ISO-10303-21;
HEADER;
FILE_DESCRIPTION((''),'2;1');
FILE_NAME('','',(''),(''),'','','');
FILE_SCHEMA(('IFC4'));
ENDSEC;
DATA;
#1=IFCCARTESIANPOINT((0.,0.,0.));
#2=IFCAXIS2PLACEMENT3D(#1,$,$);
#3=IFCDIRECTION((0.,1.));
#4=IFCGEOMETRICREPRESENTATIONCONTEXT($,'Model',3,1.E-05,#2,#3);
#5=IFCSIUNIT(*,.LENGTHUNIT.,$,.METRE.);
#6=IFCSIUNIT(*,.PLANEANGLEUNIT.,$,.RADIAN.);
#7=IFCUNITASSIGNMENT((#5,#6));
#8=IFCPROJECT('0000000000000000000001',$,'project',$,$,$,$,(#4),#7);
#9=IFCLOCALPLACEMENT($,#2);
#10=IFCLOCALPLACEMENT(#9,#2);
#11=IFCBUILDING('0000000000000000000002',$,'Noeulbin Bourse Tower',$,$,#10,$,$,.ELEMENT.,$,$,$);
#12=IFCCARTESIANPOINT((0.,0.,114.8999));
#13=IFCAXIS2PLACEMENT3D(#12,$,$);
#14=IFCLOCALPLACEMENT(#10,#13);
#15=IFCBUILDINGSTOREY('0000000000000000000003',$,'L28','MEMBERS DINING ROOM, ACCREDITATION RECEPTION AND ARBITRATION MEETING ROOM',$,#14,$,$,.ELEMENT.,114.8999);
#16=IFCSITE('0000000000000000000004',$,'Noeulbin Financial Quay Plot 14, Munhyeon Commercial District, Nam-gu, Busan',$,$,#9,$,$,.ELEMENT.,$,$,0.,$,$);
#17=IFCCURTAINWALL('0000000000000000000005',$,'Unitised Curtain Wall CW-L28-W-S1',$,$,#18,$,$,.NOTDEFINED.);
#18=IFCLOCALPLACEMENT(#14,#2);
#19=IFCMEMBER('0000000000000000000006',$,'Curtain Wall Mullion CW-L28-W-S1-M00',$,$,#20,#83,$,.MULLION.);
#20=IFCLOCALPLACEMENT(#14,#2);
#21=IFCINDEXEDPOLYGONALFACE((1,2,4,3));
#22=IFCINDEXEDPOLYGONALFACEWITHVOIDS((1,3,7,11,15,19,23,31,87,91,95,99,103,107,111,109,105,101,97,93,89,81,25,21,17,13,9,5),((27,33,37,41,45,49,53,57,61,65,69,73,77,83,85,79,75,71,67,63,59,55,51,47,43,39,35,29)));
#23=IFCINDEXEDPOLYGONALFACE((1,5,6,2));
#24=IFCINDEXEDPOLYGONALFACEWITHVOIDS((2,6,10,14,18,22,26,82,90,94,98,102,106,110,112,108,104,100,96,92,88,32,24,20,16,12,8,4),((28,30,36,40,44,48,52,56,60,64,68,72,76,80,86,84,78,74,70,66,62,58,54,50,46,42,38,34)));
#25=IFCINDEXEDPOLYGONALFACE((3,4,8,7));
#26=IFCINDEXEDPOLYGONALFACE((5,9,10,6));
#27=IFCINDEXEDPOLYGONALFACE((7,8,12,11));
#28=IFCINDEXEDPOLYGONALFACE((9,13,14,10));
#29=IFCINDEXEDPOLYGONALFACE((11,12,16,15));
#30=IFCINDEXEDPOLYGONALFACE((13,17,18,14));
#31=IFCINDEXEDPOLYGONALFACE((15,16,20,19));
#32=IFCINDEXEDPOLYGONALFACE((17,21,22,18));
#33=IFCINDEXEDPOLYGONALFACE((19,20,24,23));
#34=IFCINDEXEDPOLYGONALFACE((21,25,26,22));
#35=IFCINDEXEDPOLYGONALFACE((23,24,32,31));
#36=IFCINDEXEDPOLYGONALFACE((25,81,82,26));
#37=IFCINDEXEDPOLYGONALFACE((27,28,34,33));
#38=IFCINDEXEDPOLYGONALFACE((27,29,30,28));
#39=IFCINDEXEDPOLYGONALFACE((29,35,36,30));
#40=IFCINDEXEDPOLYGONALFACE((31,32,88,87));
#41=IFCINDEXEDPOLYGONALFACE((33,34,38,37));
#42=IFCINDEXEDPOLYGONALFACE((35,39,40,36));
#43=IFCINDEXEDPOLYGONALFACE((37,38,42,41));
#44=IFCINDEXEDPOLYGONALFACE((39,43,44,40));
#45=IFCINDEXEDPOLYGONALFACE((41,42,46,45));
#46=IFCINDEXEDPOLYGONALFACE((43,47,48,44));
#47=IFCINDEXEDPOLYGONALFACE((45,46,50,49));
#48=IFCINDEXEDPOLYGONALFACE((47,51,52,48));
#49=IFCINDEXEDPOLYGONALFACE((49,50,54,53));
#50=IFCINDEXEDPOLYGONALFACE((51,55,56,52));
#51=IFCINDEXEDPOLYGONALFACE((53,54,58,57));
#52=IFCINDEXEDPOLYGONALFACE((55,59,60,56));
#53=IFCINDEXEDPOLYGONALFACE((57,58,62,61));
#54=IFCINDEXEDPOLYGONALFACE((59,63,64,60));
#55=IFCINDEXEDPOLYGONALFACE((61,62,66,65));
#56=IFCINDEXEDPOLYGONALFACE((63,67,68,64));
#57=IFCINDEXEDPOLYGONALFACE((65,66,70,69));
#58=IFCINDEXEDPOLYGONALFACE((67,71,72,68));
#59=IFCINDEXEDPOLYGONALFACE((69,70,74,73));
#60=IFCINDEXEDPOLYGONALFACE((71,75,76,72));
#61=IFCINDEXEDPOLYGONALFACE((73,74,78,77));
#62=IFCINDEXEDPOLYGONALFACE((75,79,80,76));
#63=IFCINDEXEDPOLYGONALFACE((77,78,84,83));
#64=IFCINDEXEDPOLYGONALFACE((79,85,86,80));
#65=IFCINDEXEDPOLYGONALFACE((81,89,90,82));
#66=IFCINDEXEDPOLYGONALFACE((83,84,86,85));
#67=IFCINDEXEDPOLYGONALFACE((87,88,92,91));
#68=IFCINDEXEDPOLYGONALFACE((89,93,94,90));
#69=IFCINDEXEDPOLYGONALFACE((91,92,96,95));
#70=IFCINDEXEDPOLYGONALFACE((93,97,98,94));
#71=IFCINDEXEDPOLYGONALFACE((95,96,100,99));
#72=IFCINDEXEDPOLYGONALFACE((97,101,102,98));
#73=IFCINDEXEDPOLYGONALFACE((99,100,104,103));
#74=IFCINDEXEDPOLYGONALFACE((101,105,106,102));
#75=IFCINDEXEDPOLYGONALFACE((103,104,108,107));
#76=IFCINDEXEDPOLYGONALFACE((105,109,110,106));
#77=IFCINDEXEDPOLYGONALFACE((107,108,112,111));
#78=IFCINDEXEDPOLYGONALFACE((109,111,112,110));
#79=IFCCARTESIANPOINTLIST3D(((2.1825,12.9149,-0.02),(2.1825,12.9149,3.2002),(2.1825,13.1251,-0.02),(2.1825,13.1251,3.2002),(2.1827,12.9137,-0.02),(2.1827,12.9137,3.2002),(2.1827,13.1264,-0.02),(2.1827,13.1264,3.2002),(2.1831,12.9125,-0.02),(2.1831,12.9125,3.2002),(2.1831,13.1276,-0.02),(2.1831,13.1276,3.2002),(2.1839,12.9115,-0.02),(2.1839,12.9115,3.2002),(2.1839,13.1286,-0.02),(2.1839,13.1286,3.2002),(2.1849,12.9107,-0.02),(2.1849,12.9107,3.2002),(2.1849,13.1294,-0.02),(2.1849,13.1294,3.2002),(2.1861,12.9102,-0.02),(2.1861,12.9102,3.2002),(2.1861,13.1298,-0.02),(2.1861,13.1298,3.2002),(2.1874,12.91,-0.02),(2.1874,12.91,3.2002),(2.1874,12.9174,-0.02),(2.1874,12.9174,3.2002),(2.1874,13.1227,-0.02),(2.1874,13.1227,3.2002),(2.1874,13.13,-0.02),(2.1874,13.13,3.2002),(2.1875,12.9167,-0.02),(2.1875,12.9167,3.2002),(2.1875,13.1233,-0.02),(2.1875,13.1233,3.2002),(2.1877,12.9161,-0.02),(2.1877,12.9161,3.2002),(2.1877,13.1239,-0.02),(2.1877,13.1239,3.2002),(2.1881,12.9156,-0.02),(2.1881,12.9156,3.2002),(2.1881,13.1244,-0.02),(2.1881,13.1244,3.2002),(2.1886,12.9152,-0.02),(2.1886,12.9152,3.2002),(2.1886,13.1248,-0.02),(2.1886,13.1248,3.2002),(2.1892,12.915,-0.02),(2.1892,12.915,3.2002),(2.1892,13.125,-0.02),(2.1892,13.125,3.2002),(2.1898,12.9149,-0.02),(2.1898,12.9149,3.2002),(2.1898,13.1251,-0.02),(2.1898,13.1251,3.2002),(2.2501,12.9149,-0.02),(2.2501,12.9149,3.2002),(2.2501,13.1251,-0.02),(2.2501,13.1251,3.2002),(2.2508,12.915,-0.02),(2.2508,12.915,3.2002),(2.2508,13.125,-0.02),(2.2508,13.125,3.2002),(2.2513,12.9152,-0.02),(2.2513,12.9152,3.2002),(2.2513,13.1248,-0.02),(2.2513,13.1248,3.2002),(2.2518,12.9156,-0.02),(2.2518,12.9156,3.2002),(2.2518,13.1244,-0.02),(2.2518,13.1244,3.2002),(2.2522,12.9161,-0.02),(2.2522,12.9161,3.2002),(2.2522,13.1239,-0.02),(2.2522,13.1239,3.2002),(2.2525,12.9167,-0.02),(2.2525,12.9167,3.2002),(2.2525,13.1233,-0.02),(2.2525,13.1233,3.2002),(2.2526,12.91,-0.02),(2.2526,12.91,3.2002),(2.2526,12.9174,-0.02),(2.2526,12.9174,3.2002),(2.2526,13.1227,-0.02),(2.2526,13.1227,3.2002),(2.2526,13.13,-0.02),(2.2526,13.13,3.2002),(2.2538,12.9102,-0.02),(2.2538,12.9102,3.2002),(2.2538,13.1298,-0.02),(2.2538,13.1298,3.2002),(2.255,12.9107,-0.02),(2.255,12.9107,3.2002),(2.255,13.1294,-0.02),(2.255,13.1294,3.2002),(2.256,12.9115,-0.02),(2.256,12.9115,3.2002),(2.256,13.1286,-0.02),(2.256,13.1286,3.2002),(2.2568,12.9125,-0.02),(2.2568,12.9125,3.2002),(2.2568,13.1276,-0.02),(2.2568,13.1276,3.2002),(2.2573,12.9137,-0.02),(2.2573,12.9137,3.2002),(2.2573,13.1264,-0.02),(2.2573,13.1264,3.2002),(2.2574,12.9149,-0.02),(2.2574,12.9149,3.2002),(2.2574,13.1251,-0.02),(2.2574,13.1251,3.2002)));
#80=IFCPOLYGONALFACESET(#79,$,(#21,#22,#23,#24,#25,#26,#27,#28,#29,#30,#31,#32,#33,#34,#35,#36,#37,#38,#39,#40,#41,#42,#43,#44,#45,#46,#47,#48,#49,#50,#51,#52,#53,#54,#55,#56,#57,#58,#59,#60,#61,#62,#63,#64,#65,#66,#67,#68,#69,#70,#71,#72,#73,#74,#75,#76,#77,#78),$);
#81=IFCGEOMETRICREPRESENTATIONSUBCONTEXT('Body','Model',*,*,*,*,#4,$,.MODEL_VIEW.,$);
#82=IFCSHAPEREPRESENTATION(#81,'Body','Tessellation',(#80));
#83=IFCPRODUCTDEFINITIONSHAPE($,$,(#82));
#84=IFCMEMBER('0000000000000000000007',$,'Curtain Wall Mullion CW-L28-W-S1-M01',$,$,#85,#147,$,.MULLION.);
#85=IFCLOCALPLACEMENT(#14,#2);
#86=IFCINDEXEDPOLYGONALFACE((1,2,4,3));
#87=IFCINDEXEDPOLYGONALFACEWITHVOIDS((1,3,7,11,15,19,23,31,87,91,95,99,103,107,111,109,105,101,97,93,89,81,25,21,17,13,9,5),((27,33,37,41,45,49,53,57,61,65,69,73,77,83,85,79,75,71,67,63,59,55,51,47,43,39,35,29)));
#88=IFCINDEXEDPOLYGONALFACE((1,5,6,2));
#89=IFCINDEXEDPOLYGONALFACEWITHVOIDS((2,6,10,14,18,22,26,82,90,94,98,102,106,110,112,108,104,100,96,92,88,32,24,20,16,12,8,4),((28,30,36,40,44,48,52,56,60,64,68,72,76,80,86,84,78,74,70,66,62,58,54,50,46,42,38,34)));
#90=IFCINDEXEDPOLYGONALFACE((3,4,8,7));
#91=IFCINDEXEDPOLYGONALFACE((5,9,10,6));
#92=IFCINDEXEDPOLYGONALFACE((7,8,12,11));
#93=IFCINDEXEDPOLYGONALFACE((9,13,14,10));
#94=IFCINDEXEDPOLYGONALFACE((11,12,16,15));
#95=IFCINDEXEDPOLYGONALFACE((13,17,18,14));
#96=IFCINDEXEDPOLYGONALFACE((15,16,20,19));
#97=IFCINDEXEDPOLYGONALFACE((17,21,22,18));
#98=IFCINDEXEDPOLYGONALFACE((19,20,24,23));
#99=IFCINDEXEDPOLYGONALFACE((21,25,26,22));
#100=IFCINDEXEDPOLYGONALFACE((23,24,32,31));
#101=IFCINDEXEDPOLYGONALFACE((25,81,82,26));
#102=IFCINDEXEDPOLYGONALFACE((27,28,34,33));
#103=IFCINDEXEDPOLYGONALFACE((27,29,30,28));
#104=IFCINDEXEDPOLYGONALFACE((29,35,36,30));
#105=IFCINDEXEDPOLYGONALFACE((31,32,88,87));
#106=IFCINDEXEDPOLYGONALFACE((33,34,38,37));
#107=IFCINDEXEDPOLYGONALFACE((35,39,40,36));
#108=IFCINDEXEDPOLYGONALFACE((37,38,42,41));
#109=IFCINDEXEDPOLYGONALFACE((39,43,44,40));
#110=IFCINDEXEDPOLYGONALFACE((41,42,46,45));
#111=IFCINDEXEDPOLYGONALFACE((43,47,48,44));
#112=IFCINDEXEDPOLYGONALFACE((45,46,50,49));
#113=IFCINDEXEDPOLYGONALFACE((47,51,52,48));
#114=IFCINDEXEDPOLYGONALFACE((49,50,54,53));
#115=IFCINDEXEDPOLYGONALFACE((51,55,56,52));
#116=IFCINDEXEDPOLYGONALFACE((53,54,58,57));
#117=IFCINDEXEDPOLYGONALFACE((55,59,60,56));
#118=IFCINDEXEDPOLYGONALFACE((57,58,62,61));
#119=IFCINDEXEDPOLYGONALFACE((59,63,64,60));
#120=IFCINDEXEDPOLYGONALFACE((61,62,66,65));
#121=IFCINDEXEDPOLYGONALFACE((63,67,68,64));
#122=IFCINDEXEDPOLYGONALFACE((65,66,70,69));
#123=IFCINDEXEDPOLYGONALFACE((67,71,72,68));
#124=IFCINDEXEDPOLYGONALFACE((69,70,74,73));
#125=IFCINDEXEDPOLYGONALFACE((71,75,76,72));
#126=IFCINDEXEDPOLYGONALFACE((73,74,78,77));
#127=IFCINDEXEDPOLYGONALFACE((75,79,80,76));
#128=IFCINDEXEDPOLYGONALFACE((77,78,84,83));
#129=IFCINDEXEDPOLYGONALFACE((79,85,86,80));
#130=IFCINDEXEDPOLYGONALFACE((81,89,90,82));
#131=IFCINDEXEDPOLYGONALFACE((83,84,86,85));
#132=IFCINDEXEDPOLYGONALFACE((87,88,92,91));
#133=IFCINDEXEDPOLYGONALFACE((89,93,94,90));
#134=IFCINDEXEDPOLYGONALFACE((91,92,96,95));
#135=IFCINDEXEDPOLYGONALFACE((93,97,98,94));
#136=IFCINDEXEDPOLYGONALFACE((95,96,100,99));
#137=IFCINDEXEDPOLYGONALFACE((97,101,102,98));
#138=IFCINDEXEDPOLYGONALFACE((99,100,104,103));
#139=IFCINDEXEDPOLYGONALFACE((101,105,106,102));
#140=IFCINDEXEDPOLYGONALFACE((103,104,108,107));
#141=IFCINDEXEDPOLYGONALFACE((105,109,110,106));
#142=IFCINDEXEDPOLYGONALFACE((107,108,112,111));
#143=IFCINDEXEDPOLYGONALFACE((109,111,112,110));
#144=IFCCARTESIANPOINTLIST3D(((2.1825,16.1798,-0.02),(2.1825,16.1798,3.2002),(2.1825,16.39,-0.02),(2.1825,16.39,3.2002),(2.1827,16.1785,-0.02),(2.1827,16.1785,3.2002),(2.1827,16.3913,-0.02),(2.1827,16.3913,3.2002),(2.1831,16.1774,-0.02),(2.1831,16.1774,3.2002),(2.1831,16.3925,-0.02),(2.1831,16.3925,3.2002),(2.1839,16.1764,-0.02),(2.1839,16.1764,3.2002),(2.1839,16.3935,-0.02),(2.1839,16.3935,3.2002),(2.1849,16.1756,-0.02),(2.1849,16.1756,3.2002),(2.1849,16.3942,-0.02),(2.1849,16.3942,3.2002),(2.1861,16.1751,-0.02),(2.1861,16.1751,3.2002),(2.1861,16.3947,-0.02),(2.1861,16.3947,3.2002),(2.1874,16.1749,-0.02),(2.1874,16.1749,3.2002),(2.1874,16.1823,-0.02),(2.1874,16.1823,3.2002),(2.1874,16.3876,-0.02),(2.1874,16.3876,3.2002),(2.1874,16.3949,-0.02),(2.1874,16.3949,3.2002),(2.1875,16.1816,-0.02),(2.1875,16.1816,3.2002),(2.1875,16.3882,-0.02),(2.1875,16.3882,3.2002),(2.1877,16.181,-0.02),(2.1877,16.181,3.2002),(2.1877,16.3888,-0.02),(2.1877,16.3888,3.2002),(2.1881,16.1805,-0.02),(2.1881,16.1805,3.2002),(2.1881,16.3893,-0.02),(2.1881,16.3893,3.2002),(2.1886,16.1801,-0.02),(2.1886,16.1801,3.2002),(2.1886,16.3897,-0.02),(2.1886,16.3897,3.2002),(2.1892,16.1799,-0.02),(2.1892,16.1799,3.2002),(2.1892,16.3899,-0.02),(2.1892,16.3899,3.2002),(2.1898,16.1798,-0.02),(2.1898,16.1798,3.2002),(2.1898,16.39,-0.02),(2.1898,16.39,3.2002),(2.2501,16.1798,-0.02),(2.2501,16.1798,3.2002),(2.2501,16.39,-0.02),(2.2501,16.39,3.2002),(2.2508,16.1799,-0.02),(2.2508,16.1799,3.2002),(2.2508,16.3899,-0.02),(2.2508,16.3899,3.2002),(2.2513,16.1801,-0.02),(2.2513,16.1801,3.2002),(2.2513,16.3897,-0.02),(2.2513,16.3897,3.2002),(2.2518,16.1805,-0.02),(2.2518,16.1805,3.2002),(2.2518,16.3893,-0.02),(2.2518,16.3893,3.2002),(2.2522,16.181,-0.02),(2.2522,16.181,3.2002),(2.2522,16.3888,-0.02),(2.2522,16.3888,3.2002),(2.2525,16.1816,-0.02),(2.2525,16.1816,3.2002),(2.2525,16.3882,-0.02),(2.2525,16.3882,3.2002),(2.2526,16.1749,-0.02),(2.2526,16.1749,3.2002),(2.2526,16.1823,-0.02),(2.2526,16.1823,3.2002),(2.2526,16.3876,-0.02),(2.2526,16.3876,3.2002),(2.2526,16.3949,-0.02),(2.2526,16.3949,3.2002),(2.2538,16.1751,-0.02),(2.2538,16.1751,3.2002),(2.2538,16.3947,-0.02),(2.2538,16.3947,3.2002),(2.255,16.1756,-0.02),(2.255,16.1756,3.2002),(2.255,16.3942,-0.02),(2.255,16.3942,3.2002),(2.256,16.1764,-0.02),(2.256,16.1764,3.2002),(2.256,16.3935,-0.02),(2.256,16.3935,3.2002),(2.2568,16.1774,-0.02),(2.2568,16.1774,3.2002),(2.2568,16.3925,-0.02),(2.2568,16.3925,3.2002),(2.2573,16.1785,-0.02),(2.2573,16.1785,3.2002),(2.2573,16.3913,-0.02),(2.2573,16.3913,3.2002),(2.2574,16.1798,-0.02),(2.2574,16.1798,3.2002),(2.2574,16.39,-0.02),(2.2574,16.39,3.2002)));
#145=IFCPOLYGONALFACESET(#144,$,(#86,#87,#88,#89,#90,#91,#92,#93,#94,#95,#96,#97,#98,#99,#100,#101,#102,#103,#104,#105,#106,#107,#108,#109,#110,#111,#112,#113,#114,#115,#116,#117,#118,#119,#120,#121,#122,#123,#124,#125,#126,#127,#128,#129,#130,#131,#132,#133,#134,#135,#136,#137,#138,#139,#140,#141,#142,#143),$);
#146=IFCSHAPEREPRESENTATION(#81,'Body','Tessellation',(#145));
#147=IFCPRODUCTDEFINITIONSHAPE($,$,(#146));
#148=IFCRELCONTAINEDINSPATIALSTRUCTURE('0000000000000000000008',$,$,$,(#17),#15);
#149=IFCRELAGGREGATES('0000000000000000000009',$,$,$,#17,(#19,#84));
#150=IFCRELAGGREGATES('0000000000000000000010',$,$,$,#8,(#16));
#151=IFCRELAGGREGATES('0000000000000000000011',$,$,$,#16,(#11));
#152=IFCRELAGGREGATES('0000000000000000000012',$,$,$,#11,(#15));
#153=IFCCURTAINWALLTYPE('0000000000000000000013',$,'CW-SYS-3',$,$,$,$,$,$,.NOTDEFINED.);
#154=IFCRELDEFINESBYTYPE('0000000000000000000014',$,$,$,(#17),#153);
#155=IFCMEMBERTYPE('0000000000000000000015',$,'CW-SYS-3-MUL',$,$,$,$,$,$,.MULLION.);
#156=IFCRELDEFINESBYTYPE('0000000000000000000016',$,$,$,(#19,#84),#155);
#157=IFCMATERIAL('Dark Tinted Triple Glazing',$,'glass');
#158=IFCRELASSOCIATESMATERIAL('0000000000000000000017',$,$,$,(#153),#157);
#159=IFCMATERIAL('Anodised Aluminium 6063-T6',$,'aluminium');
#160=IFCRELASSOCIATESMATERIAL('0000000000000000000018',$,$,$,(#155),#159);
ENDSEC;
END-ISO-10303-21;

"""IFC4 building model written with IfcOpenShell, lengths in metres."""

from ifc_helpers import new_model, si_unit, direction, frame, origin, origin_2d, place, context, subcontext, project, spatial, hollow_rectangle, extrude, material, material_profile, profile_set, type_object, element, aggregate, save


model = new_model("IFC4")

# Units and contexts
model_context = context("Model", 3, precision=1e-05, world=origin(), true_north=direction((0.0, 1.0)))
body_context = subcontext(model_context, "Body", "Model", "MODEL_VIEW")
ifc_project = project(units=[si_unit("LENGTHUNIT", "METRE"), si_unit("PLANEANGLEUNIT", "RADIAN")], contexts=[model_context])

# Site, building, storey
site_placement = place(None, origin())
site = spatial("IfcSite", under=ifc_project, at=site_placement, Name="Noeulbin Financial Quay Plot 14, Munhyeon Commercial District, Nam-gu, Busan", CompositionType="ELEMENT", RefElevation=0.0)
building_placement = place(site_placement, origin())
building = spatial("IfcBuilding", under=site, at=building_placement, Name="Noeulbin Bourse Tower", CompositionType="ELEMENT")
storey_placement = place(building_placement, frame((0.0, 0.0, 114.8999)))
storey = spatial("IfcBuildingStorey", under=building, at=storey_placement, Name="L28", Description="MEMBERS DINING ROOM, ACCREDITATION RECEPTION AND ARBITRATION MEETING ROOM", CompositionType="ELEMENT", Elevation=114.8999)

# Curtain wall, members
ifc_material_1 = material(Name="Dark Tinted Triple Glazing", Category="glass")
curtain_wall_type = type_object("IfcCurtainWallType", Name="CW-SYS-3", PredefinedType="NOTDEFINED", material=ifc_material_1)
curtain_wall_1_placement = place(storey_placement, origin())
curtain_wall_1 = element("IfcCurtainWall", 1, at=curtain_wall_1_placement, inside=storey, type_object=curtain_wall_type, Name="Unitised Curtain Wall CW-L28-W-S1", PredefinedType="NOTDEFINED")
ifc_material_2 = material(Name="Anodised Aluminium 6063-T6", Category="aluminium")
ifc_material_profile_1 = material_profile(ifc_material_2, hollow_rectangle(XDim=0.075, YDim=0.22, WallThickness=0.0049, InnerFilletRadius=0.0024, OuterFilletRadius=0.0049, at=origin_2d()), Name="ALU-MULL-75x220x5", Category="LoadBearing")
ifc_profile_set_1 = profile_set([ifc_material_profile_1], Name="Anodised Aluminium 6063-T6")
member_type_1 = type_object("IfcMemberType", Name="CW-SYS-3-MUL", PredefinedType="MULLION", material=ifc_profile_set_1)
member_1_placement = place(storey_placement, frame((2.22, 13.02, -0.02), z_axis=(0.0, 0.0, 1.0), x_axis=(1.0, 0.0, 0.0)))
member_1 = element("IfcMember", 2, at=member_1_placement, type_object=member_type_1, Name="Curtain Wall Mullion CW-L28-W-S1-M00", PredefinedType="MULLION", context=body_context, shape_type="SweptSolid", body=[
    extrude(hollow_rectangle(XDim=0.075, YDim=0.22, WallThickness=0.0049, InnerFilletRadius=0.0024, OuterFilletRadius=0.0049, at=origin_2d()), origin(), (0.0, 0.0, 1.0), 3.2202),
])
member_2_placement = place(storey_placement, frame((2.22, 16.2849, -0.02), z_axis=(0.0, 0.0, 1.0), x_axis=(1.0, 0.0, 0.0)))
member_2 = element("IfcMember", 3, at=member_2_placement, type_object=member_type_1, Name="Curtain Wall Mullion CW-L28-W-S1-M01", PredefinedType="MULLION", context=body_context, shape_type="SweptSolid", body=[
    extrude(hollow_rectangle(XDim=0.075, YDim=0.22, WallThickness=0.0049, InnerFilletRadius=0.0024, OuterFilletRadius=0.0049, at=origin_2d()), origin(), (0.0, 0.0, 1.0), 3.2202),
])

aggregate(curtain_wall_1, [member_1, member_2])

save(model, "model.ifc")
